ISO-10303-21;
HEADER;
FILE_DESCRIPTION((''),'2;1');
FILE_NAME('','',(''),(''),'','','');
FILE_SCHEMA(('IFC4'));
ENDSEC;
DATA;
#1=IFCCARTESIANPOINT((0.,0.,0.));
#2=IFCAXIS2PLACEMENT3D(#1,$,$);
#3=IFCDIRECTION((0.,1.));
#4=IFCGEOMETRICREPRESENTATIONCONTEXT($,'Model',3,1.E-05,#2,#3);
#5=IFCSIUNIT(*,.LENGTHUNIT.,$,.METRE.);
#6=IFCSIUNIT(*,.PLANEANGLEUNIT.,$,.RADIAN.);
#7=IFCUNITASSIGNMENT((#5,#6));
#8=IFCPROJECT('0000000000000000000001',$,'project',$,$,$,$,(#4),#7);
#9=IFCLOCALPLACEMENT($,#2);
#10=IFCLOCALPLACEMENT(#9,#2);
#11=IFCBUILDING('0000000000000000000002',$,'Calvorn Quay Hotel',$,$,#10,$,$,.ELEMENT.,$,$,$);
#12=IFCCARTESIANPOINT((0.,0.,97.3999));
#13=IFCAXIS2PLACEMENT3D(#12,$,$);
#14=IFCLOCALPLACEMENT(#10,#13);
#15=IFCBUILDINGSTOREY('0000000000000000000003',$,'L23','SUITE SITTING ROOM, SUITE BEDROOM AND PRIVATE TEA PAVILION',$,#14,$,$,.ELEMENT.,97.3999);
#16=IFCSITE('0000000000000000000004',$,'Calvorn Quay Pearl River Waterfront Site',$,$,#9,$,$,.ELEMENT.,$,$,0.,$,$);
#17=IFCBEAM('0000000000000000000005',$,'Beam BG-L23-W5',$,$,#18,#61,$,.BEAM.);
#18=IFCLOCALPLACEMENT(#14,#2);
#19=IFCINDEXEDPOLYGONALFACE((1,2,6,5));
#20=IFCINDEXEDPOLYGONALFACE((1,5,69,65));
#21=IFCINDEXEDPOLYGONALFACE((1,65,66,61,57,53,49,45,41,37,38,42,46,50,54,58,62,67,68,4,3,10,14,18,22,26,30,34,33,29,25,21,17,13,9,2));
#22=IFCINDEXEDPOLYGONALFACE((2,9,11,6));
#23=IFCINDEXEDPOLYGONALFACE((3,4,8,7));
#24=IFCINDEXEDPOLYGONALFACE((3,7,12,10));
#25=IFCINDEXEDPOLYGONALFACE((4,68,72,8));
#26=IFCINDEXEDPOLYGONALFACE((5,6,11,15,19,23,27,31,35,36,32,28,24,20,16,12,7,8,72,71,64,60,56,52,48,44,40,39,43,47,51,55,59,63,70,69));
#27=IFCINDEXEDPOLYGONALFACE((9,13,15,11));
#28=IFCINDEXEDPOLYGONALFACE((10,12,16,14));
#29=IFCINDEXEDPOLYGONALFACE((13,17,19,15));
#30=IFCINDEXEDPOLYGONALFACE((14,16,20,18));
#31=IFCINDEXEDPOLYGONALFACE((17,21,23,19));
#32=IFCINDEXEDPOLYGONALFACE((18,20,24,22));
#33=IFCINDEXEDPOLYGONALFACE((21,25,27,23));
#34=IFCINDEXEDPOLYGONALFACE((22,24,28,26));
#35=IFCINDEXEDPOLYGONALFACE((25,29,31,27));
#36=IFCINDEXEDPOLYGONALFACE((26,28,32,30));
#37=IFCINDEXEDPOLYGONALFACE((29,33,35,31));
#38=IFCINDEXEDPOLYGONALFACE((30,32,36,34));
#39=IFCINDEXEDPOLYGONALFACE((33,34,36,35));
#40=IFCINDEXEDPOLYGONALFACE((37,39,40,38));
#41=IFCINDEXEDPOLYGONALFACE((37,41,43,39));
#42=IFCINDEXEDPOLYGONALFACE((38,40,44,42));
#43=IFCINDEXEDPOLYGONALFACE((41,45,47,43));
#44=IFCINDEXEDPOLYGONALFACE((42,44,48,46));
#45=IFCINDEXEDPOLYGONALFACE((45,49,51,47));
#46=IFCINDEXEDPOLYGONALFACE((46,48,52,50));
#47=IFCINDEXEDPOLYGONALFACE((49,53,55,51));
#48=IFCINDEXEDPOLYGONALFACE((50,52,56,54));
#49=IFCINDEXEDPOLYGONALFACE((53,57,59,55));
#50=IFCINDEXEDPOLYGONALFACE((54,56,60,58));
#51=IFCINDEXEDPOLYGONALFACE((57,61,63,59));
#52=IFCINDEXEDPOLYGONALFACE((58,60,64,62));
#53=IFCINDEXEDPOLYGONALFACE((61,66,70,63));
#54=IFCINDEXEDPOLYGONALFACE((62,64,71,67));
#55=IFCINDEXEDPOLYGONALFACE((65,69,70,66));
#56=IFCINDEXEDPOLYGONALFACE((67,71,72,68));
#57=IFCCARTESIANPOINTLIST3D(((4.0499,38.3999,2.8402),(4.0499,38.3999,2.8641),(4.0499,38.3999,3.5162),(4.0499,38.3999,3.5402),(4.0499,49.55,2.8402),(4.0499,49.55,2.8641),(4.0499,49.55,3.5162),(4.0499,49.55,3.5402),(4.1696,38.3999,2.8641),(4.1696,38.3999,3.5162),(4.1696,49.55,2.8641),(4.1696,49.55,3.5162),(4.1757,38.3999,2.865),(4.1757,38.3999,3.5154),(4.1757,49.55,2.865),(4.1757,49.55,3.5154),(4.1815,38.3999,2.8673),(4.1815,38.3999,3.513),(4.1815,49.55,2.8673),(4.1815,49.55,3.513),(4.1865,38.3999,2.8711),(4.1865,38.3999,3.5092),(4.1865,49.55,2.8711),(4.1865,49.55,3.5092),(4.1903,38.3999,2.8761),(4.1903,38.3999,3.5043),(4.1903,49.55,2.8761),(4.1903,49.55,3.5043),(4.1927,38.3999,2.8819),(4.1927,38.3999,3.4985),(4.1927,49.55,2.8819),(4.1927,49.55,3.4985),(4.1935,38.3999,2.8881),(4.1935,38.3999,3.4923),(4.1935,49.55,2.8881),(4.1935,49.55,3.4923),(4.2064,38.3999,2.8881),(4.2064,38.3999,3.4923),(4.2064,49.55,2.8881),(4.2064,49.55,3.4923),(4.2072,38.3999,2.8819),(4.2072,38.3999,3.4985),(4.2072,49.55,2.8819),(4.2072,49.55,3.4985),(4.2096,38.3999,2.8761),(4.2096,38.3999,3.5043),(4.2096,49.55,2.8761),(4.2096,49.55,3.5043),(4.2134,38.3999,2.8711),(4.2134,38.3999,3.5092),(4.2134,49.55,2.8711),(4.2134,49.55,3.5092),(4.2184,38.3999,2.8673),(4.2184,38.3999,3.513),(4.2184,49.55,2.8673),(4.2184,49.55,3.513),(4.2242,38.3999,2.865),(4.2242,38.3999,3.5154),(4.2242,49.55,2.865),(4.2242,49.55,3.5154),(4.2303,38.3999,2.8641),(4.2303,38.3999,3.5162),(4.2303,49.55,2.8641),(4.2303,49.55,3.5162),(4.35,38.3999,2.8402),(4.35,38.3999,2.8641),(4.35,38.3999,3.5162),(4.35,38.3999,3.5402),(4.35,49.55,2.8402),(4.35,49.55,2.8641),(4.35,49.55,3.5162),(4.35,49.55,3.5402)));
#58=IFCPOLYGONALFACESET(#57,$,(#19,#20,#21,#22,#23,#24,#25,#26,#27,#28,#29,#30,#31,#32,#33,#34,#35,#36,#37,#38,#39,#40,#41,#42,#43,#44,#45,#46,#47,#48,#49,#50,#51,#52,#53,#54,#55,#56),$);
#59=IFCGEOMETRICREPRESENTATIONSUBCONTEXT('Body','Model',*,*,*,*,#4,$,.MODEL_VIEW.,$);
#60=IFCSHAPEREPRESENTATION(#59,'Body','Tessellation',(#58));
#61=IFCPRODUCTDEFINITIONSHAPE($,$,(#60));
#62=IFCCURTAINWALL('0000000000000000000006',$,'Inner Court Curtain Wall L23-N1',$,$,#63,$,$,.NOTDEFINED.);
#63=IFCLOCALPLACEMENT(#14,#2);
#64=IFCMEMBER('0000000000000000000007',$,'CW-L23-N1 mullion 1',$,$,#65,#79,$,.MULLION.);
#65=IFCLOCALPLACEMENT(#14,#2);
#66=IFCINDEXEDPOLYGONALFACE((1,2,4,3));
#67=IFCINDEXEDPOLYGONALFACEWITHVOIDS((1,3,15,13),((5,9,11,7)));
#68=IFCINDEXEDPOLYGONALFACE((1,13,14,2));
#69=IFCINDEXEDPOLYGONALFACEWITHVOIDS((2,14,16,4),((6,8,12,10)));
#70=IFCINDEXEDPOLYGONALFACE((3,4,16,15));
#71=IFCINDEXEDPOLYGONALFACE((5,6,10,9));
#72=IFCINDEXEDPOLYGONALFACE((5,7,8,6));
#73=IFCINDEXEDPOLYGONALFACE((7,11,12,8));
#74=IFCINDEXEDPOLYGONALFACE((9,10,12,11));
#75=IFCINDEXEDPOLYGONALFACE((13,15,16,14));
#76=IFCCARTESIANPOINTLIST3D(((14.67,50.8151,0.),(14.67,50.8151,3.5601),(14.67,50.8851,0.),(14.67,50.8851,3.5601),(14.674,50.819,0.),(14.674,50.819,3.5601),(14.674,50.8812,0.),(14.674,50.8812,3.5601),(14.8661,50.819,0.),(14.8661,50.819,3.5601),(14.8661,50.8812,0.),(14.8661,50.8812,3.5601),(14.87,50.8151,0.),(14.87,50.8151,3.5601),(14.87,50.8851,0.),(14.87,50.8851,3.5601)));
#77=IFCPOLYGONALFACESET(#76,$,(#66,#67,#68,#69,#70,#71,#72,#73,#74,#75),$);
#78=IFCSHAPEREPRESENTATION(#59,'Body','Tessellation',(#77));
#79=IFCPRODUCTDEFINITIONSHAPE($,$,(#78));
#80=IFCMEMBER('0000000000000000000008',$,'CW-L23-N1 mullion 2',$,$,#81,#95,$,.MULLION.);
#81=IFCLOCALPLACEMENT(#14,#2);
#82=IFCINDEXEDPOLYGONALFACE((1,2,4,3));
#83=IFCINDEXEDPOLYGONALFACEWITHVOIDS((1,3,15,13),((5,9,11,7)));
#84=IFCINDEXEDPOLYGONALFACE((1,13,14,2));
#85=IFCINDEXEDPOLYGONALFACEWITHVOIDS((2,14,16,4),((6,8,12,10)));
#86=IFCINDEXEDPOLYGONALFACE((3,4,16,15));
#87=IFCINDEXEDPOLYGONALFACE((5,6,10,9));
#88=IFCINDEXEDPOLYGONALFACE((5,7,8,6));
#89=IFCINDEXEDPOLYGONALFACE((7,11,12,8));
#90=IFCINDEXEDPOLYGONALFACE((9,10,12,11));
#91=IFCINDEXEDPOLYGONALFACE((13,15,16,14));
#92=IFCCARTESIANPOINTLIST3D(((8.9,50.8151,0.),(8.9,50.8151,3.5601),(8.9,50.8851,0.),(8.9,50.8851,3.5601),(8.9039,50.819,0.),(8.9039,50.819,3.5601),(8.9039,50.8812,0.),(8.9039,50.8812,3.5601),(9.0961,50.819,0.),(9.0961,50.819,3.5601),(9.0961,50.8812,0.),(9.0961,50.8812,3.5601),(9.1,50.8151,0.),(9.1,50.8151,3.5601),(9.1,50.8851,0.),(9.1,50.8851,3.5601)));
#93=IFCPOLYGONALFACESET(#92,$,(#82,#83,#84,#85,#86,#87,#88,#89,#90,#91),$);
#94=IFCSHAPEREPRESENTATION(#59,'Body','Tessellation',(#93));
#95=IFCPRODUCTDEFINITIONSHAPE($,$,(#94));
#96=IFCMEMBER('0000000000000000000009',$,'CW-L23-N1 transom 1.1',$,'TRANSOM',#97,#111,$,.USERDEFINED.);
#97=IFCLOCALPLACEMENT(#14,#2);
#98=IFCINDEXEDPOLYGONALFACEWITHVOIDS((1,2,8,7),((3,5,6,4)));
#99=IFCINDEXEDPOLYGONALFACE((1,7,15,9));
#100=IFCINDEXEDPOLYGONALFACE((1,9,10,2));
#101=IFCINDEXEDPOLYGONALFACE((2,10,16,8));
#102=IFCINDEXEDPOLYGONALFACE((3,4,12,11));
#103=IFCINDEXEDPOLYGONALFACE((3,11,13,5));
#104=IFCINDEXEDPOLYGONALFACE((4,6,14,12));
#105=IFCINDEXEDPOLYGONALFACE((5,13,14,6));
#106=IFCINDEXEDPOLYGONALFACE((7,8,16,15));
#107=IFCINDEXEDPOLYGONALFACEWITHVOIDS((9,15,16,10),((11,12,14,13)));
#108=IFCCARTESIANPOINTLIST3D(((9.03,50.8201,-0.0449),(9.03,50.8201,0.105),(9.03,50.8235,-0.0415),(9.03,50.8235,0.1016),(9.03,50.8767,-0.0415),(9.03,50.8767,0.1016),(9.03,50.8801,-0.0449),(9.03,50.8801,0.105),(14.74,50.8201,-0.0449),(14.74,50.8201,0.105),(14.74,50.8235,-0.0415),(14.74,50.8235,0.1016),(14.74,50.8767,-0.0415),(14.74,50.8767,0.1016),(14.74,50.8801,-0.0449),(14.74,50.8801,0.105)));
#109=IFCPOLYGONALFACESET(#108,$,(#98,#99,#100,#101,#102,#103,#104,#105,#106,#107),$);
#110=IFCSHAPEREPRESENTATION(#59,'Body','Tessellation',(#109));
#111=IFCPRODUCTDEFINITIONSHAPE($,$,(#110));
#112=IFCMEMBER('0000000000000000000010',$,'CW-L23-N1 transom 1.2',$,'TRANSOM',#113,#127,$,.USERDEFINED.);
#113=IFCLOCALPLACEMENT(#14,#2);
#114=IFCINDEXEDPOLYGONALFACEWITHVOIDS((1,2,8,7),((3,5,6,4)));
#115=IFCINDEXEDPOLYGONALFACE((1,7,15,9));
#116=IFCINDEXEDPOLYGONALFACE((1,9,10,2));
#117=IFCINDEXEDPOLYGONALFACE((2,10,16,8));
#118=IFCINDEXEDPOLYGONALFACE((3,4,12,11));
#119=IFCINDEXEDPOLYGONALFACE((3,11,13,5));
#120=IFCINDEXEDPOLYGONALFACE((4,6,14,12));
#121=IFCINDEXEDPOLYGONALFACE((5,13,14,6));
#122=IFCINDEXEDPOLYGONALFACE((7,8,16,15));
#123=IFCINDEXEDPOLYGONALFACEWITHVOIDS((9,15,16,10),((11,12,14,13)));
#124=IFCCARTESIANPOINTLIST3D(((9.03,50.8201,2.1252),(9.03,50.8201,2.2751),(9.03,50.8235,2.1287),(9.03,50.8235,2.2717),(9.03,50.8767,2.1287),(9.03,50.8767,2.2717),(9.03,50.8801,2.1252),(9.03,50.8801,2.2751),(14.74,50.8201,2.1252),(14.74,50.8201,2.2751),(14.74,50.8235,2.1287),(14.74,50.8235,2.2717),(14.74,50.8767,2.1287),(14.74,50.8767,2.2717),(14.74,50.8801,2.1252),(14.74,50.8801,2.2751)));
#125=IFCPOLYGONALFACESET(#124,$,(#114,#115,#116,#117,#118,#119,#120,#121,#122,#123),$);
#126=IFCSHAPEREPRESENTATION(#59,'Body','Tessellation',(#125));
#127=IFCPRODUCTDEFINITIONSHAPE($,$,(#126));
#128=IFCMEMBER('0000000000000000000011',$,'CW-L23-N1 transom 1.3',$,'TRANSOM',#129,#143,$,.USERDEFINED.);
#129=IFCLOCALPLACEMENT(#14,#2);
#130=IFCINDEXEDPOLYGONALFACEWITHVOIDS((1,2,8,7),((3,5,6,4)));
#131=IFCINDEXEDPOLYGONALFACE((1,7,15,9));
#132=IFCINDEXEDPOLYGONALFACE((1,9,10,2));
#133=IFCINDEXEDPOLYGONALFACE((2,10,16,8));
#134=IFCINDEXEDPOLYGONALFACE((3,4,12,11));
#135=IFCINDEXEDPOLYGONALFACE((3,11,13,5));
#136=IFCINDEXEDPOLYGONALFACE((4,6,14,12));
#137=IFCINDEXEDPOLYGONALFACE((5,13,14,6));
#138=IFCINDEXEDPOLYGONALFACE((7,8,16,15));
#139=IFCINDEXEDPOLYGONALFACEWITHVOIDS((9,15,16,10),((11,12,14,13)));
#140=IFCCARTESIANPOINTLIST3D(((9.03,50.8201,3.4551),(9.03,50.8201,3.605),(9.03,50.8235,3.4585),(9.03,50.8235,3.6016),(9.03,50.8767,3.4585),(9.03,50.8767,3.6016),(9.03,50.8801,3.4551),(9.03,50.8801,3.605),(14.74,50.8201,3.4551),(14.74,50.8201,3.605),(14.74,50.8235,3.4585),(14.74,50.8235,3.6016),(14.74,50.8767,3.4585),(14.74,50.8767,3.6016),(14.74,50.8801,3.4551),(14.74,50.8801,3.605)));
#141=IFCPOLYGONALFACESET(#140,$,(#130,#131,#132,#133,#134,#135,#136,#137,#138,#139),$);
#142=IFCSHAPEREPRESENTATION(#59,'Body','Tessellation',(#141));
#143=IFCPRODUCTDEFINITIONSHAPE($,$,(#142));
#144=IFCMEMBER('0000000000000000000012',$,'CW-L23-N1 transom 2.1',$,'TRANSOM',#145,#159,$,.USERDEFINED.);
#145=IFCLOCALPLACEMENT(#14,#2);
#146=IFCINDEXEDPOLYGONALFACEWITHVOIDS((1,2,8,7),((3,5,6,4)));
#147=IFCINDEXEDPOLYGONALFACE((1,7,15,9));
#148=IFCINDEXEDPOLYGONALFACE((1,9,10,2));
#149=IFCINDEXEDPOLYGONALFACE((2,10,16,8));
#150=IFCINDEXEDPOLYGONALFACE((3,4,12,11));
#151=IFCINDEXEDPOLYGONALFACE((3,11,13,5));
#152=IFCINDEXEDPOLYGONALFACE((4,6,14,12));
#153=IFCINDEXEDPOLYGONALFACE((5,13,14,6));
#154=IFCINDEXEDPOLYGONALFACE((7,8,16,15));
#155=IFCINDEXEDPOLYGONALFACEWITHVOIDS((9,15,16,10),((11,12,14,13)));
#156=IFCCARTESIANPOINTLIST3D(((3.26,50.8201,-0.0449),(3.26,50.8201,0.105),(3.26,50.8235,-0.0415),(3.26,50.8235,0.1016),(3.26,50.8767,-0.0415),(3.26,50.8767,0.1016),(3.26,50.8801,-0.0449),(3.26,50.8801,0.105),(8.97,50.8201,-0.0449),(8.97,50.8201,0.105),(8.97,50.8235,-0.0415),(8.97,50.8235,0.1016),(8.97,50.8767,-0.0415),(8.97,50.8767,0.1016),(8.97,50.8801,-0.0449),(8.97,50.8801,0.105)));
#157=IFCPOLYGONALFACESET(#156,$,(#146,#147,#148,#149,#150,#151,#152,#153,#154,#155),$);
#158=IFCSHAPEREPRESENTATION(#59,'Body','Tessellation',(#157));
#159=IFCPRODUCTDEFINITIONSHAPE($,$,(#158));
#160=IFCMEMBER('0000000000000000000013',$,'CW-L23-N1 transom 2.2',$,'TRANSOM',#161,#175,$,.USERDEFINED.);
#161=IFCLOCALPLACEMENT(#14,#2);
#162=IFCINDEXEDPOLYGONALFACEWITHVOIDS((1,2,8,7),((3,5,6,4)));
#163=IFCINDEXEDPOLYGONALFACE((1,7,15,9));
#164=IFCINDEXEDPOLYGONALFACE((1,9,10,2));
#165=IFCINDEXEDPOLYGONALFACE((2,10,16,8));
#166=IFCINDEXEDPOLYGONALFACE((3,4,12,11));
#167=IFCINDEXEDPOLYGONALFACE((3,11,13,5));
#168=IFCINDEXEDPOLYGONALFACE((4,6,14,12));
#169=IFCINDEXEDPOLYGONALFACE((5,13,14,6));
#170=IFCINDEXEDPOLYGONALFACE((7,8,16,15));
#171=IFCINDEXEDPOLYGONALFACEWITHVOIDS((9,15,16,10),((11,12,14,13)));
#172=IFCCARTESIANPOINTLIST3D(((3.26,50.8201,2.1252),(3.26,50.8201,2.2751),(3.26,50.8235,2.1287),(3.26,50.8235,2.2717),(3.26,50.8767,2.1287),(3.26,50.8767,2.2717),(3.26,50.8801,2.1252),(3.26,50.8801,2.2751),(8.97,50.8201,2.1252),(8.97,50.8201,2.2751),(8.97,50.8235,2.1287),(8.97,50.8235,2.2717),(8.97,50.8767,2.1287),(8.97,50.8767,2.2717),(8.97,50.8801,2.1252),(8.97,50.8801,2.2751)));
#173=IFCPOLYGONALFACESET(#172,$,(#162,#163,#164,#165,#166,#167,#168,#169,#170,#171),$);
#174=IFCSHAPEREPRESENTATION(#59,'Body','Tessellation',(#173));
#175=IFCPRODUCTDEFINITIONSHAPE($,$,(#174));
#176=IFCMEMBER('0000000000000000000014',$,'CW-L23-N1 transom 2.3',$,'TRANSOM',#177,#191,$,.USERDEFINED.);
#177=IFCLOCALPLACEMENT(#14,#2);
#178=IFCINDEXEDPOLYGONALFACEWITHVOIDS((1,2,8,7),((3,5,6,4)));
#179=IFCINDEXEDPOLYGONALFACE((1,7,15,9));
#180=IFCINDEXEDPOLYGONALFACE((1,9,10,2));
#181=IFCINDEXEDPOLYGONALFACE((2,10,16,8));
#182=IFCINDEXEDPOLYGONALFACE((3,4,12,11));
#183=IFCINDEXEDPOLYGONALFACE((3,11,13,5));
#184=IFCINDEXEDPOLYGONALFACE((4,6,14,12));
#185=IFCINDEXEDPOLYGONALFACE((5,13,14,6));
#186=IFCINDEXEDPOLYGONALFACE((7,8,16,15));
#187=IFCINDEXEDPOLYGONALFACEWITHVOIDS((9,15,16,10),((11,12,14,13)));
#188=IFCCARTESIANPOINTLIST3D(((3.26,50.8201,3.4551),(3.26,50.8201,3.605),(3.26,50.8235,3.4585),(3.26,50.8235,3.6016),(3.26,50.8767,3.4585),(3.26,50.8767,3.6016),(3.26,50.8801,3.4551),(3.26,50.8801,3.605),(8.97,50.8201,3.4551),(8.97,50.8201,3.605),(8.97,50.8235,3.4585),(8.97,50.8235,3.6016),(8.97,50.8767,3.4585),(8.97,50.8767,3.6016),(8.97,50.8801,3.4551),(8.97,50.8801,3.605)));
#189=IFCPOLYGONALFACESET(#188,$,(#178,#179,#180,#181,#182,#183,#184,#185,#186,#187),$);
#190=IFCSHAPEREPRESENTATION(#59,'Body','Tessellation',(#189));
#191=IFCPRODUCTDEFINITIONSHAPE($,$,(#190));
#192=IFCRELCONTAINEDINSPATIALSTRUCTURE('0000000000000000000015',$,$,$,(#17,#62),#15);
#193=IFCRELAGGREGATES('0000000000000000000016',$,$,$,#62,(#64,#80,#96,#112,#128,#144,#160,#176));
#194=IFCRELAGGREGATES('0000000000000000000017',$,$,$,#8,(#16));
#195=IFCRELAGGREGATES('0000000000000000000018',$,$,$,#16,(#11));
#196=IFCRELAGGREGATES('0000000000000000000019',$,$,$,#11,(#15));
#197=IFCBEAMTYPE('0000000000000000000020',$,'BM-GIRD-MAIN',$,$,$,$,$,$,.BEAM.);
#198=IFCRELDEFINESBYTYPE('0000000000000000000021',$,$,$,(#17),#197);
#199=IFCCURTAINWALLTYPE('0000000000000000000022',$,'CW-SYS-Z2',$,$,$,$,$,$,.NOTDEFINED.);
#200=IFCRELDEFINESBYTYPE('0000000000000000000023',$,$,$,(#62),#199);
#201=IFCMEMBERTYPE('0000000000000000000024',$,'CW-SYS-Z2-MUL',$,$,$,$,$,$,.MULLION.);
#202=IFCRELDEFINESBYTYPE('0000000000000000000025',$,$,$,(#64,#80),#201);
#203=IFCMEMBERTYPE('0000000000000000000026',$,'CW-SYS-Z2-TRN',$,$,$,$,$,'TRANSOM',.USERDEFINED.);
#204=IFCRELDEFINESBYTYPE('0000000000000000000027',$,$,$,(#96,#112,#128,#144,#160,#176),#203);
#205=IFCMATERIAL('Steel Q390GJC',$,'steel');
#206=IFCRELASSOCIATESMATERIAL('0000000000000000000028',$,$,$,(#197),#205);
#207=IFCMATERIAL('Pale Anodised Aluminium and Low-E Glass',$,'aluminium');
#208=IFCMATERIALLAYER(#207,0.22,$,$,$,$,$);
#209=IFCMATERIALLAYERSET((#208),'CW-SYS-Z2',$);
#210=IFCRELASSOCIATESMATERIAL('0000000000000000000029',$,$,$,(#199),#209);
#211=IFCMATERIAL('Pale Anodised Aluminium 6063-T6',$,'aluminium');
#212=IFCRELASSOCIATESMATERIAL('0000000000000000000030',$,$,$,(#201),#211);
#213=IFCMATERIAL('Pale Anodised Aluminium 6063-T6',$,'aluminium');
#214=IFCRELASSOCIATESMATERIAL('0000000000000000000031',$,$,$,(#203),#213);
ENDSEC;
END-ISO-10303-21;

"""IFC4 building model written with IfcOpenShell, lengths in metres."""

from ifc_helpers import new_model, si_unit, direction, frame, origin, origin_2d, place, context, subcontext, project, spatial, hollow_rectangle, i_section, extrude, material, layer, layer_set, material_profile, profile_set, type_object, element, aggregate, save


model = new_model("IFC4")

# Units and contexts
model_context = context("Model", 3, precision=1e-05, world=origin(), true_north=direction((0.0, 1.0)))
body_context = subcontext(model_context, "Body", "Model", "MODEL_VIEW")
ifc_project = project(units=[si_unit("LENGTHUNIT", "METRE"), si_unit("PLANEANGLEUNIT", "RADIAN")], contexts=[model_context])

# Site, building, storey
site_placement = place(None, origin())
site = spatial("IfcSite", under=ifc_project, at=site_placement, Name="Calvorn Quay Pearl River Waterfront Site", CompositionType="ELEMENT", RefElevation=0.0)
building_placement = place(site_placement, origin())
building = spatial("IfcBuilding", under=site, at=building_placement, Name="Calvorn Quay Hotel", CompositionType="ELEMENT")
storey_placement = place(building_placement, frame((0.0, 0.0, 97.3999)))
storey = spatial("IfcBuildingStorey", under=building, at=storey_placement, Name="L23", Description="SUITE SITTING ROOM, SUITE BEDROOM AND PRIVATE TEA PAVILION", CompositionType="ELEMENT", Elevation=97.3999)

# Beam
ifc_material_1 = material(Name="Steel Q390GJC", Category="steel")
ifc_material_profile_1 = material_profile(ifc_material_1, i_section(OverallWidth=0.3, OverallDepth=0.7, WebThickness=0.0129, FlangeThickness=0.0239, FilletRadius=0.0239, at=origin_2d()), Name="HN700x300x13x24")
ifc_profile_set_1 = profile_set([ifc_material_profile_1], Name="Steel Q390GJC")
beam_type = type_object("IfcBeamType", Name="BM-GIRD-MAIN", PredefinedType="BEAM", material=ifc_profile_set_1)
beam_placement = place(storey_placement, frame((4.2, 49.55, 3.1902), z_axis=(0.0, -1.0, 0.0), x_axis=(1.0, 0.0, 0.0)))
element("IfcBeam", 1, at=beam_placement, inside=storey, type_object=beam_type, Name="Beam BG-L23-W5", PredefinedType="BEAM", context=body_context, shape_type="SweptSolid", body=[
    extrude(i_section(OverallWidth=0.3, OverallDepth=0.7, WebThickness=0.0129, FlangeThickness=0.0239, FilletRadius=0.0239, at=origin_2d()), origin(), (0.0, 0.0, 1.0), 11.1501),
])

# Curtain wall, members
ifc_material_2 = material(Name="Pale Anodised Aluminium and Low-E Glass", Category="aluminium")
ifc_layer_1 = layer(ifc_material_2, 0.22)
ifc_layer_set_1 = layer_set([ifc_layer_1], Name="CW-SYS-Z2")
curtain_wall_type = type_object("IfcCurtainWallType", Name="CW-SYS-Z2", PredefinedType="NOTDEFINED", material=ifc_layer_set_1)
curtain_wall_placement = place(storey_placement, origin())
curtain_wall = element("IfcCurtainWall", 2, at=curtain_wall_placement, inside=storey, type_object=curtain_wall_type, Name="Inner Court Curtain Wall L23-N1", PredefinedType="NOTDEFINED")
ifc_material_3 = material(Name="Pale Anodised Aluminium 6063-T6", Category="aluminium")
ifc_material_profile_2 = material_profile(ifc_material_3, hollow_rectangle(XDim=0.0701, YDim=0.2, WallThickness=0.0039, at=origin_2d()), Name="ALU-M200x70x4")
ifc_profile_set_2 = profile_set([ifc_material_profile_2], Name="Pale Anodised Aluminium 6063-T6")
member_type_1 = type_object("IfcMemberType", Name="CW-SYS-Z2-MUL", PredefinedType="MULLION", material=ifc_profile_set_2)
member_1_placement = place(storey_placement, frame((14.77, 50.8501, 0.0), z_axis=(0.0, 0.0, 1.0), x_axis=(0.0, -1.0, 0.0)))
member_1 = element("IfcMember", 3, at=member_1_placement, type_object=member_type_1, Name="CW-L23-N1 mullion 1", PredefinedType="MULLION", context=body_context, shape_type="SweptSolid", body=[
    extrude(hollow_rectangle(XDim=0.0701, YDim=0.2, WallThickness=0.0039, at=origin_2d()), origin(), (0.0, 0.0, 1.0), 3.5601),
])
member_2_placement = place(storey_placement, frame((9.0, 50.8501, 0.0), z_axis=(0.0, 0.0, 1.0), x_axis=(0.0, -1.0, 0.0)))
member_2 = element("IfcMember", 4, at=member_2_placement, type_object=member_type_1, Name="CW-L23-N1 mullion 2", PredefinedType="MULLION", context=body_context, shape_type="SweptSolid", body=[
    extrude(hollow_rectangle(XDim=0.0701, YDim=0.2, WallThickness=0.0039, at=origin_2d()), origin(), (0.0, 0.0, 1.0), 3.5601),
])
ifc_material_4 = material(Name="Pale Anodised Aluminium 6063-T6", Category="aluminium")
ifc_material_profile_3 = material_profile(ifc_material_4, hollow_rectangle(XDim=0.0601, YDim=0.1499, WallThickness=0.0034, at=origin_2d()), Name="ALU-T150x60x3.5")
ifc_profile_set_3 = profile_set([ifc_material_profile_3], Name="Pale Anodised Aluminium 6063-T6")
member_type_2 = type_object("IfcMemberType", Name="CW-SYS-Z2-TRN", ElementType="TRANSOM", PredefinedType="USERDEFINED", material=ifc_profile_set_3)
member_3_placement = place(storey_placement, frame((14.74, 50.8501, 0.03), z_axis=(-1.0, 0.0, 0.0), x_axis=(0.0, -1.0, 0.0)))
member_3 = element("IfcMember", 5, at=member_3_placement, type_object=member_type_2, Name="CW-L23-N1 transom 1.1", ObjectType="TRANSOM", PredefinedType="USERDEFINED", context=body_context, shape_type="SweptSolid", body=[
    extrude(hollow_rectangle(XDim=0.0601, YDim=0.1499, WallThickness=0.0034, at=origin_2d()), origin(), (0.0, 0.0, 1.0), 5.71),
])
member_4_placement = place(storey_placement, frame((14.74, 50.8501, 2.2002), z_axis=(-1.0, 0.0, 0.0), x_axis=(0.0, -1.0, 0.0)))
member_4 = element("IfcMember", 6, at=member_4_placement, type_object=member_type_2, Name="CW-L23-N1 transom 1.2", ObjectType="TRANSOM", PredefinedType="USERDEFINED", context=body_context, shape_type="SweptSolid", body=[
    extrude(hollow_rectangle(XDim=0.0601, YDim=0.1499, WallThickness=0.0034, at=origin_2d()), origin(), (0.0, 0.0, 1.0), 5.71),
])
member_5_placement = place(storey_placement, frame((14.74, 50.8501, 3.53), z_axis=(-1.0, 0.0, 0.0), x_axis=(0.0, -1.0, 0.0)))
member_5 = element("IfcMember", 7, at=member_5_placement, type_object=member_type_2, Name="CW-L23-N1 transom 1.3", ObjectType="TRANSOM", PredefinedType="USERDEFINED", context=body_context, shape_type="SweptSolid", body=[
    extrude(hollow_rectangle(XDim=0.0601, YDim=0.1499, WallThickness=0.0034, at=origin_2d()), origin(), (0.0, 0.0, 1.0), 5.71),
])
member_6_placement = place(storey_placement, frame((8.97, 50.8501, 0.03), z_axis=(-1.0, 0.0, 0.0), x_axis=(0.0, -1.0, 0.0)))
member_6 = element("IfcMember", 8, at=member_6_placement, type_object=member_type_2, Name="CW-L23-N1 transom 2.1", ObjectType="TRANSOM", PredefinedType="USERDEFINED", context=body_context, shape_type="SweptSolid", body=[
    extrude(hollow_rectangle(XDim=0.0601, YDim=0.1499, WallThickness=0.0034, at=origin_2d()), origin(), (0.0, 0.0, 1.0), 5.71),
])
member_7_placement = place(storey_placement, frame((8.97, 50.8501, 2.2002), z_axis=(-1.0, 0.0, 0.0), x_axis=(0.0, -1.0, 0.0)))
member_7 = element("IfcMember", 9, at=member_7_placement, type_object=member_type_2, Name="CW-L23-N1 transom 2.2", ObjectType="TRANSOM", PredefinedType="USERDEFINED", context=body_context, shape_type="SweptSolid", body=[
    extrude(hollow_rectangle(XDim=0.0601, YDim=0.1499, WallThickness=0.0034, at=origin_2d()), origin(), (0.0, 0.0, 1.0), 5.71),
])
member_8_placement = place(storey_placement, frame((8.97, 50.8501, 3.53), z_axis=(-1.0, 0.0, 0.0), x_axis=(0.0, -1.0, 0.0)))
member_8 = element("IfcMember", 10, at=member_8_placement, type_object=member_type_2, Name="CW-L23-N1 transom 2.3", ObjectType="TRANSOM", PredefinedType="USERDEFINED", context=body_context, shape_type="SweptSolid", body=[
    extrude(hollow_rectangle(XDim=0.0601, YDim=0.1499, WallThickness=0.0034, at=origin_2d()), origin(), (0.0, 0.0, 1.0), 5.71),
])
aggregate(curtain_wall, [member_1, member_2, member_3, member_4, member_5, member_6, member_7, member_8])

save(model, "model.ifc")
